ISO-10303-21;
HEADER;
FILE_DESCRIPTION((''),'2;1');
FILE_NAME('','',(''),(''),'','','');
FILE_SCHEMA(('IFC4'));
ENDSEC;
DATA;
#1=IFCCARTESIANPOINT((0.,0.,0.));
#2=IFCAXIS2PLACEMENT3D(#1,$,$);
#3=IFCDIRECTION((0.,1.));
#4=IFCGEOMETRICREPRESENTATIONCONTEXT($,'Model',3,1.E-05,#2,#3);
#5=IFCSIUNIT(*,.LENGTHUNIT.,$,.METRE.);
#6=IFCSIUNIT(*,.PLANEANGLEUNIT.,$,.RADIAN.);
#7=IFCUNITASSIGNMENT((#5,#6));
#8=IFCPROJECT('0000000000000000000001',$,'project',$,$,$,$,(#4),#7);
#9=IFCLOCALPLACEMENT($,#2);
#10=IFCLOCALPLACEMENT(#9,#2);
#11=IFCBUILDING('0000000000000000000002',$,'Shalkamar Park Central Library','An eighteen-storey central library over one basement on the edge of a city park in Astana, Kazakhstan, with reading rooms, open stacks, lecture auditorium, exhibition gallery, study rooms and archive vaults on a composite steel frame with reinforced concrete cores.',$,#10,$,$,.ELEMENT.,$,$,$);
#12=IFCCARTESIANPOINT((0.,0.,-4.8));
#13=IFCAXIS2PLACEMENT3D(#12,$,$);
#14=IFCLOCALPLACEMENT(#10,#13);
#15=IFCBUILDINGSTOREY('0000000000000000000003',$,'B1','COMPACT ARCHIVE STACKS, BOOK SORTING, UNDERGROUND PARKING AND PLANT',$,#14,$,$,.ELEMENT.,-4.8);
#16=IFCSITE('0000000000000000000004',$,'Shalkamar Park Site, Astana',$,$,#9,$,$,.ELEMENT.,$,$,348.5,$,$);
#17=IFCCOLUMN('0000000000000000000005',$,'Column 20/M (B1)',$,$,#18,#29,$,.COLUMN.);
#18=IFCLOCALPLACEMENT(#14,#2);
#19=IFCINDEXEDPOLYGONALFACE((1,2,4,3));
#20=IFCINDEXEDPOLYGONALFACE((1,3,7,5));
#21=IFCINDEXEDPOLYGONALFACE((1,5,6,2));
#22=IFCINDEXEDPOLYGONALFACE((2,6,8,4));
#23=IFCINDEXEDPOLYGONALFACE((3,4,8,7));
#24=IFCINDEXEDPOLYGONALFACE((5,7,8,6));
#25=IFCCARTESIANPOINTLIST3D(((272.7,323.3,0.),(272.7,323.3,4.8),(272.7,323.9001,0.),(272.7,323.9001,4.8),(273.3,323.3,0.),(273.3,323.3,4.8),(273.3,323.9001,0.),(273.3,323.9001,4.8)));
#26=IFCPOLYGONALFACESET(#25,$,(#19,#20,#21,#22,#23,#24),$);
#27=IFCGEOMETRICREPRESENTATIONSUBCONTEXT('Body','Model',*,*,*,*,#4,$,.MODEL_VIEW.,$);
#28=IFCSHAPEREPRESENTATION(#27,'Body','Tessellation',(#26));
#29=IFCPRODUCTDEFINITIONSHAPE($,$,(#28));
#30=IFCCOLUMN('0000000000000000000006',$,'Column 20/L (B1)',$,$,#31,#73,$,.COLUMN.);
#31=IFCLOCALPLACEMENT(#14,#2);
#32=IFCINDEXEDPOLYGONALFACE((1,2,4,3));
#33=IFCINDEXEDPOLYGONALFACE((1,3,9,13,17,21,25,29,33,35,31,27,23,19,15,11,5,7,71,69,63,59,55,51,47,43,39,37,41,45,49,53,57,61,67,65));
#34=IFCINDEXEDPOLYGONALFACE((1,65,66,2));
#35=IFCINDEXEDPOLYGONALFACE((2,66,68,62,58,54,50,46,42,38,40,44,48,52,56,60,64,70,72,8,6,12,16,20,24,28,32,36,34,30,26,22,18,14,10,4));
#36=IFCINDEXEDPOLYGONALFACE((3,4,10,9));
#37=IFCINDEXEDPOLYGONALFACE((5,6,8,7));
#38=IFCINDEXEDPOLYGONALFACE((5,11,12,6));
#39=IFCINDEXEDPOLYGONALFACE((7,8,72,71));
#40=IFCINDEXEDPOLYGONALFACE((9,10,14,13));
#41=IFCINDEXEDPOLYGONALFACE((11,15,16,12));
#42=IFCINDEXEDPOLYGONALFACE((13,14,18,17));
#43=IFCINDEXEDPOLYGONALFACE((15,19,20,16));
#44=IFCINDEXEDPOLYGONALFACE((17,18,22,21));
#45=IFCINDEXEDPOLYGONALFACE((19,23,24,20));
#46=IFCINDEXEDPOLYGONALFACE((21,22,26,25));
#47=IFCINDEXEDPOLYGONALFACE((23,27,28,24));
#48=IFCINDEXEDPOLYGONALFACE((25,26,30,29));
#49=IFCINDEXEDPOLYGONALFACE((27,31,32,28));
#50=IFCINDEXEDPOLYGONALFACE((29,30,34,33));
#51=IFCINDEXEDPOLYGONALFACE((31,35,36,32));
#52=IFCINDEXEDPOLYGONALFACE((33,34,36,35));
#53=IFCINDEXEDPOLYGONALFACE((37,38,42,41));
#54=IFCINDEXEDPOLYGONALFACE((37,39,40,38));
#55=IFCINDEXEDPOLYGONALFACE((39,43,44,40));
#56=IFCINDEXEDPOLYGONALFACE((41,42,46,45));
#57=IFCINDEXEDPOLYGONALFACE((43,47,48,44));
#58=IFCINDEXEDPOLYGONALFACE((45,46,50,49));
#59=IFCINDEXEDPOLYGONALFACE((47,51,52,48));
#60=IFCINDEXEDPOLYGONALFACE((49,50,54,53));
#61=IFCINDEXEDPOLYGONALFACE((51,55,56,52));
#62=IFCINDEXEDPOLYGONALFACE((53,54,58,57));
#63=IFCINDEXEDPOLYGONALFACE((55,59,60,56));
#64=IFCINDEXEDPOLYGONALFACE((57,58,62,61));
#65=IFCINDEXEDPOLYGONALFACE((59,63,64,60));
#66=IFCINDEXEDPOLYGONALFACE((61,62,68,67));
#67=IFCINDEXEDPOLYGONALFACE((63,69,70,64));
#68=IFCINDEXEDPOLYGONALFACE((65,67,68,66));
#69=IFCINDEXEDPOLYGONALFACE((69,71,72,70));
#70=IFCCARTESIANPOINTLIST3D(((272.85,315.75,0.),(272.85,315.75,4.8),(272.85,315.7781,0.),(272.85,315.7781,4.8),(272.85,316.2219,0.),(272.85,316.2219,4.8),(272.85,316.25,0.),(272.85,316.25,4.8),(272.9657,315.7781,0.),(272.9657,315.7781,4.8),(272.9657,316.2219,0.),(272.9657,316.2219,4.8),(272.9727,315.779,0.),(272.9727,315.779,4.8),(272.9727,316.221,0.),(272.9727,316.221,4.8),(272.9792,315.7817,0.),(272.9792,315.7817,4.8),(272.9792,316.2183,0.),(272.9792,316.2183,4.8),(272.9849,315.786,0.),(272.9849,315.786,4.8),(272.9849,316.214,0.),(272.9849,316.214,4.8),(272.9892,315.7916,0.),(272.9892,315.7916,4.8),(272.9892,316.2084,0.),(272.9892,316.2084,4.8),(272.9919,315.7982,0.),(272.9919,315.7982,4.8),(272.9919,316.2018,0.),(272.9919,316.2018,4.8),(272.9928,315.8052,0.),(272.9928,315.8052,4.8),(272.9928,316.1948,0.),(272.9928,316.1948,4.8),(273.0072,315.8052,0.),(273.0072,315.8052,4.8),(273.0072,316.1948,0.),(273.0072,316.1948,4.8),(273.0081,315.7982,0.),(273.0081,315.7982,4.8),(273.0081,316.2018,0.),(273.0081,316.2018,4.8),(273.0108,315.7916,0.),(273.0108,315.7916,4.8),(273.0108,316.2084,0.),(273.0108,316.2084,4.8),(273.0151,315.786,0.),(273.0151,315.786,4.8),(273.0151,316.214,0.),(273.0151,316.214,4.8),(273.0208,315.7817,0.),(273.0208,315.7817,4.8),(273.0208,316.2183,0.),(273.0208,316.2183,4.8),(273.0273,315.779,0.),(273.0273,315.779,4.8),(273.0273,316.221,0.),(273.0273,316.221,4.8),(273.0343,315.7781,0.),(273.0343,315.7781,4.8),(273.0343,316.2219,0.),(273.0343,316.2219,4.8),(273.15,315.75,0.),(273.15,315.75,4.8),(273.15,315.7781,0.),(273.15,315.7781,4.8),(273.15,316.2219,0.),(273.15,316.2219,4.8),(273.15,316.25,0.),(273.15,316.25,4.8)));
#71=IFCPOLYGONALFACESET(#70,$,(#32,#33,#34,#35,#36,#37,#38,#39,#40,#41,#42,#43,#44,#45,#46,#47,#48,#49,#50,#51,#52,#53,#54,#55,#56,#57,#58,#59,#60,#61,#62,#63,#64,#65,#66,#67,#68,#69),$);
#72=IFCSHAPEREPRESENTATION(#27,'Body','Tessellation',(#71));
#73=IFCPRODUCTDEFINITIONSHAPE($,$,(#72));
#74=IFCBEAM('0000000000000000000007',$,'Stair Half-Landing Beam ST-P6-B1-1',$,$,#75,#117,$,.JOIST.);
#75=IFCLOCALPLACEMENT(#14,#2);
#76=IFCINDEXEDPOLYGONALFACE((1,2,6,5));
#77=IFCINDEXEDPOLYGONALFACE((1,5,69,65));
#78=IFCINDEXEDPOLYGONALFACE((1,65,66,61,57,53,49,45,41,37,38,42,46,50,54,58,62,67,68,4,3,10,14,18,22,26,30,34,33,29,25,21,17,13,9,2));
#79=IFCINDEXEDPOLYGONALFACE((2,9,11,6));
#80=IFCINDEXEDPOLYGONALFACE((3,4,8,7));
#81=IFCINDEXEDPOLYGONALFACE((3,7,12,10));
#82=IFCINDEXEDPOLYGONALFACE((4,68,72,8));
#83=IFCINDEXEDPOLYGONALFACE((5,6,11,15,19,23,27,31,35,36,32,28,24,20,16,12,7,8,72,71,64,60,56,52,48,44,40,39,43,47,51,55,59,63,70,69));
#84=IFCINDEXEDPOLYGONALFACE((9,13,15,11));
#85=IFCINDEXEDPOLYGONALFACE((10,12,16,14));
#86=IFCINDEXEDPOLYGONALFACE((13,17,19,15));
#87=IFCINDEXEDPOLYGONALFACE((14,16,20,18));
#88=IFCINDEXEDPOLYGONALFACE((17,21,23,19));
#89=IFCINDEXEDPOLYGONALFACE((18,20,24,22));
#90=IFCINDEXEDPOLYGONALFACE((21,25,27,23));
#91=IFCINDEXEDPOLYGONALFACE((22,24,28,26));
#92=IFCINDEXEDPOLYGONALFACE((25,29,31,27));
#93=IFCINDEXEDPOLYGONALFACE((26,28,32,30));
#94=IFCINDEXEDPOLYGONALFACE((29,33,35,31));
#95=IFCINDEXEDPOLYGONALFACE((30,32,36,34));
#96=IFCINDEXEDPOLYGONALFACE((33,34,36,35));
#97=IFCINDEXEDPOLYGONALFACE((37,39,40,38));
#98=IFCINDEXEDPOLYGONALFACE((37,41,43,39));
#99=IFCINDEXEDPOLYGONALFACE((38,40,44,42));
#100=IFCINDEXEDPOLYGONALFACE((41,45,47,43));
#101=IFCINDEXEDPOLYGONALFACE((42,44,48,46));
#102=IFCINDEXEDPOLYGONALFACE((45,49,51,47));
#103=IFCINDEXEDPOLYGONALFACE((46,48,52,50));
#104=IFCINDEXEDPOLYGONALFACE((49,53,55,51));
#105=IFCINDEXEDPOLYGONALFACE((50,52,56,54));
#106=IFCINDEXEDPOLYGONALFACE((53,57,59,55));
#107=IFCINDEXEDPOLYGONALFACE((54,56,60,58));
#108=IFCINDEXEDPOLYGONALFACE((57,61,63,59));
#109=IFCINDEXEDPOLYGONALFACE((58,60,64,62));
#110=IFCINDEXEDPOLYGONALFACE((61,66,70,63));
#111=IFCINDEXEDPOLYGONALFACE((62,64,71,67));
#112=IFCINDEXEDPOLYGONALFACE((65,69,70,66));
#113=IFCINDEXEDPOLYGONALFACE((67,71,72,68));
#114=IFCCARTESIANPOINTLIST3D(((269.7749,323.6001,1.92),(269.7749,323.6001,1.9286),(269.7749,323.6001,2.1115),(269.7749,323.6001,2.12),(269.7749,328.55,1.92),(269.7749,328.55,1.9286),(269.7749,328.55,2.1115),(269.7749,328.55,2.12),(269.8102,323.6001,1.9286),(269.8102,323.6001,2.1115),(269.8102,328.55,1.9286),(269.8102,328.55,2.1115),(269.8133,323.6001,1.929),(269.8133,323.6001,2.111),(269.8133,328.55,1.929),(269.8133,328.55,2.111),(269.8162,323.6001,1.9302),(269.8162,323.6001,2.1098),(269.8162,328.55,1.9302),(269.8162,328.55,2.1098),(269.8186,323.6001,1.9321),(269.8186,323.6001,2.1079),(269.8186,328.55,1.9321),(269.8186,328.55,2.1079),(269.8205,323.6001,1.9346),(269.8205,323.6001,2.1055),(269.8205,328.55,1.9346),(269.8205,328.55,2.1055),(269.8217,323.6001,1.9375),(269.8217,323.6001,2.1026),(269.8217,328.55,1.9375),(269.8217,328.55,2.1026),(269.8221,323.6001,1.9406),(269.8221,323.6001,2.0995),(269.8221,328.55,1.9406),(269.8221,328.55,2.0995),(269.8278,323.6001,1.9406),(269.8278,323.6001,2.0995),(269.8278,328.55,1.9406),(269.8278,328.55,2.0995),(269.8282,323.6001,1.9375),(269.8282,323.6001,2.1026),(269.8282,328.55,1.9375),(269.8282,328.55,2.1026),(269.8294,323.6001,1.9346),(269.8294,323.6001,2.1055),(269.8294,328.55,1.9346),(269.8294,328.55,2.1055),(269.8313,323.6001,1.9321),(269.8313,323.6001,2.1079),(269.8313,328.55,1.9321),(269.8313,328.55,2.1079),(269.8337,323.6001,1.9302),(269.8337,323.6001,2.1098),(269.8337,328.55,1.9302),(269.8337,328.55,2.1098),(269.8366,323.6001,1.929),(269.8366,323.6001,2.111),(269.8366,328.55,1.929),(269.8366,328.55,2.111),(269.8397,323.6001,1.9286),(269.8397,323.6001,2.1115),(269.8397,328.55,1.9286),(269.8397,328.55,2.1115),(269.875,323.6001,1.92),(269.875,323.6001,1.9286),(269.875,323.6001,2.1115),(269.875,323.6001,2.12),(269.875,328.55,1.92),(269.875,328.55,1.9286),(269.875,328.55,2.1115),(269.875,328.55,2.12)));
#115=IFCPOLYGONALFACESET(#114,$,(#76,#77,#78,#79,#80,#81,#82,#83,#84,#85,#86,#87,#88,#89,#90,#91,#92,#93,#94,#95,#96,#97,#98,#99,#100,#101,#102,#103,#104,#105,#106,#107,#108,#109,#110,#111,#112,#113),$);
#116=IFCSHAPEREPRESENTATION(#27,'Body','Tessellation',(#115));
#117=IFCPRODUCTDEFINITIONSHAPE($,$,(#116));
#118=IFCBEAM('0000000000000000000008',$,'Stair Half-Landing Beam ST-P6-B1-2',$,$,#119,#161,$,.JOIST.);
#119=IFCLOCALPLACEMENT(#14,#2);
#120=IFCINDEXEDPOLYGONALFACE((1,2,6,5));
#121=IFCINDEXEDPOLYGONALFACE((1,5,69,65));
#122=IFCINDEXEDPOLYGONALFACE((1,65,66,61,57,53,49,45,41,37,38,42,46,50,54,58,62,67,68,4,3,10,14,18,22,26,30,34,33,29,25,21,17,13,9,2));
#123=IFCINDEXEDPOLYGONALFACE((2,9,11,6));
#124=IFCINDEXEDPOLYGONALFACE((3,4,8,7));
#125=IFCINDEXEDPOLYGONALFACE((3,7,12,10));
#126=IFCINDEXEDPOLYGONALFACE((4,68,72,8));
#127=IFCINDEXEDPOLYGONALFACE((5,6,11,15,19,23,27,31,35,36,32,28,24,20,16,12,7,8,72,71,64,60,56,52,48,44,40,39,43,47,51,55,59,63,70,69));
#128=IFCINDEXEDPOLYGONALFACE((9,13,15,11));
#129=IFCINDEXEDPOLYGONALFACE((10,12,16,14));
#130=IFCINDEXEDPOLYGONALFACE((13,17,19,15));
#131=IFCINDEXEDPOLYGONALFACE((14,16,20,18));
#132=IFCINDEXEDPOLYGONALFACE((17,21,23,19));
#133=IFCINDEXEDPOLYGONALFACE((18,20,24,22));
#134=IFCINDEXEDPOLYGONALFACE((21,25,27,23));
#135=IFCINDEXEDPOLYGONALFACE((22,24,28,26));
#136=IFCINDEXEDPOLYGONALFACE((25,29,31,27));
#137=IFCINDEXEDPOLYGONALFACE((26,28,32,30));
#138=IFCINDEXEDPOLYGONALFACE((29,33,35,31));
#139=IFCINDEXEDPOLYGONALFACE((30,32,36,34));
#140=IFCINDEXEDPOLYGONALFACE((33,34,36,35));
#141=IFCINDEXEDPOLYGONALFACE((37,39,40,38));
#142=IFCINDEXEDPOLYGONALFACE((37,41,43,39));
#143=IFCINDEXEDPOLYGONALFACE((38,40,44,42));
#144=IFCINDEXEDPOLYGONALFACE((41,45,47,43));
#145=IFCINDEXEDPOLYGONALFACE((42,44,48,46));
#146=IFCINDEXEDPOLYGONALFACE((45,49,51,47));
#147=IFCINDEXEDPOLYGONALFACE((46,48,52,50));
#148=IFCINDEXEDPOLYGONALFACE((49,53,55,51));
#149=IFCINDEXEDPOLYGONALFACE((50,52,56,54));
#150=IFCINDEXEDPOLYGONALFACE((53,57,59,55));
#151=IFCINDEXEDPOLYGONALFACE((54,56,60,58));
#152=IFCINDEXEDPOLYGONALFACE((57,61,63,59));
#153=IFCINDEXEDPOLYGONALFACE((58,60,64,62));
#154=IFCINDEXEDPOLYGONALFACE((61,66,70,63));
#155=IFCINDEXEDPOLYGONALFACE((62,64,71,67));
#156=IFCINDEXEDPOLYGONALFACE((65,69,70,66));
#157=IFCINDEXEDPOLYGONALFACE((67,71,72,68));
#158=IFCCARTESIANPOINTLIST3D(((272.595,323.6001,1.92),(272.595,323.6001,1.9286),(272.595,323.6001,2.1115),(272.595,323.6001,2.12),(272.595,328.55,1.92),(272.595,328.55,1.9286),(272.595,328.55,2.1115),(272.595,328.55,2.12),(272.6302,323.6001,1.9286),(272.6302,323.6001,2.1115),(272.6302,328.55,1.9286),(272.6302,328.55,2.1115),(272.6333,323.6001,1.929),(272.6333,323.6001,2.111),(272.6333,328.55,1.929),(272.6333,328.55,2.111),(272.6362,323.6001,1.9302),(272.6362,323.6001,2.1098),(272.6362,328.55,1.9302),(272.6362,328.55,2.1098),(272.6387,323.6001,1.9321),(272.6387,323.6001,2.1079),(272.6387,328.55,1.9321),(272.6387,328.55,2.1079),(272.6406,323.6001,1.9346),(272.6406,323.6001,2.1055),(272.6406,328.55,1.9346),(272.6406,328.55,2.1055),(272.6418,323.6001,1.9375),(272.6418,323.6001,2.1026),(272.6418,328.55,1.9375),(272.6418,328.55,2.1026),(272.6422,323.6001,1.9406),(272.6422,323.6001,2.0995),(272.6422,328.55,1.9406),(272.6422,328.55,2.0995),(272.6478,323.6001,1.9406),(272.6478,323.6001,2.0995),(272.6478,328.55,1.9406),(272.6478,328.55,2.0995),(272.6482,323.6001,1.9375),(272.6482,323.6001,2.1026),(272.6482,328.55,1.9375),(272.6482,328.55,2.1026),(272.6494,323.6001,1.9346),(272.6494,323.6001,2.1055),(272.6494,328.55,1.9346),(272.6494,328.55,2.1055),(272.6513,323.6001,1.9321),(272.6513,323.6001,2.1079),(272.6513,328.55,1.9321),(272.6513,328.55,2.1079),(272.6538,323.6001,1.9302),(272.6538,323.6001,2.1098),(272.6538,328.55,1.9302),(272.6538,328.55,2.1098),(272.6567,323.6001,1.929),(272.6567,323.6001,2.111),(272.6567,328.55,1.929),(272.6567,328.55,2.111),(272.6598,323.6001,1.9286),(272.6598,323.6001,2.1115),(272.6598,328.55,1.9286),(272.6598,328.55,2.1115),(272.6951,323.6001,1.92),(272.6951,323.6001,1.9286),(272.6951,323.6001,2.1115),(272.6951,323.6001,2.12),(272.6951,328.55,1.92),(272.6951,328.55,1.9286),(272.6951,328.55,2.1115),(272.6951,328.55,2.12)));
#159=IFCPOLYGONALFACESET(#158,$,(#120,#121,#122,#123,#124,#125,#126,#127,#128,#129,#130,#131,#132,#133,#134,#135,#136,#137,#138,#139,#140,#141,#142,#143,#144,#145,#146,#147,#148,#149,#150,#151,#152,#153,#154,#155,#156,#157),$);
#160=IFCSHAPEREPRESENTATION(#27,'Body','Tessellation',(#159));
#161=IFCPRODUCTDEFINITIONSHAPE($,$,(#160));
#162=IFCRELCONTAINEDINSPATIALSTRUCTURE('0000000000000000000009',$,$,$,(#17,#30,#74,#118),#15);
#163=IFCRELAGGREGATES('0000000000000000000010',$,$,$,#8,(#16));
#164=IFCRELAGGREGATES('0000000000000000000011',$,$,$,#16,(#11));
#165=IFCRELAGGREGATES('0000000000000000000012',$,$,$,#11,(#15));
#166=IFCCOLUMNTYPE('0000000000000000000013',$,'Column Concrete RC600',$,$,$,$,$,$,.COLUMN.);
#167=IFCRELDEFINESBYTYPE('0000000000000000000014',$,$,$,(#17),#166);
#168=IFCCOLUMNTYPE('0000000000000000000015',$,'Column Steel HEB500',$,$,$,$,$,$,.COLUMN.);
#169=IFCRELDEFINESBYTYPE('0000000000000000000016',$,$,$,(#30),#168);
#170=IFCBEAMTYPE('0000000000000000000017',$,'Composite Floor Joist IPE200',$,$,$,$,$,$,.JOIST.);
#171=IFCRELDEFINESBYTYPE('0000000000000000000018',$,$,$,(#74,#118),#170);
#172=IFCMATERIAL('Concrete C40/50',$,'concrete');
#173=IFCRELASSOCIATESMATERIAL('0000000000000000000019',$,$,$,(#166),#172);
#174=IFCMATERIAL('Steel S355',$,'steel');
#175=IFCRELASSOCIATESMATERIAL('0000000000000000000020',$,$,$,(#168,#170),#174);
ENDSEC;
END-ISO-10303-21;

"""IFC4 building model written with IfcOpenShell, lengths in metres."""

from ifc_helpers import new_model, si_unit, direction, frame, origin, origin_2d, place, context, subcontext, project, spatial, rectangle, i_section, extrude, material, material_profile, profile_set, type_object, element, save


model = new_model("IFC4")

# Units and contexts
model_context = context("Model", 3, precision=1e-05, world=origin(), true_north=direction((0.0, 1.0)))
body_context = subcontext(model_context, "Body", "Model", "MODEL_VIEW")
ifc_project = project(units=[si_unit("LENGTHUNIT", "METRE"), si_unit("PLANEANGLEUNIT", "RADIAN")], contexts=[model_context])

# Site, building, storey
site_placement = place(None, origin())
site = spatial("IfcSite", under=ifc_project, at=site_placement, Name="Shalkamar Park Site, Astana", CompositionType="ELEMENT", RefElevation=348.5)
building_placement = place(site_placement, origin())
building = spatial("IfcBuilding", under=site, at=building_placement, Name="Shalkamar Park Central Library", Description="An eighteen-storey central library over one basement on the edge of a city park in Astana, Kazakhstan, with reading rooms, open stacks, lecture auditorium, exhibition gallery, study rooms and archive vaults on a composite steel frame with reinforced concrete cores.", CompositionType="ELEMENT")
storey_placement = place(building_placement, frame((0.0, 0.0, -4.8)))
storey = spatial("IfcBuildingStorey", under=building, at=storey_placement, Name="B1", Description="COMPACT ARCHIVE STACKS, BOOK SORTING, UNDERGROUND PARKING AND PLANT", CompositionType="ELEMENT", Elevation=-4.8)

# Columns
ifc_material_1 = material(Name="Concrete C40/50", Category="concrete")
ifc_material_profile_1 = material_profile(ifc_material_1, rectangle(XDim=0.6001, YDim=0.6001, at=origin_2d()), Name="RC 600x600")
ifc_profile_set_1 = profile_set([ifc_material_profile_1], Name="Concrete C40/50")
column_type_1 = type_object("IfcColumnType", Name="Column Concrete RC600", PredefinedType="COLUMN", material=ifc_profile_set_1)
column_1_placement = place(storey_placement, frame((273.0, 323.6001, 0.0), z_axis=(0.0, 0.0, 1.0), x_axis=(1.0, 0.0, 0.0)))
element("IfcColumn", 1, at=column_1_placement, inside=storey, type_object=column_type_1, Name="Column 20/M (B1)", PredefinedType="COLUMN", context=body_context, shape_type="SweptSolid", body=[
    extrude(rectangle(XDim=0.6001, YDim=0.6001, at=origin_2d()), origin(), (0.0, 0.0, 1.0), 4.8),
])
ifc_material_2 = material(Name="Steel S355", Category="steel")
ifc_material_profile_2 = material_profile(ifc_material_2, i_section(OverallWidth=0.3, OverallDepth=0.5, WebThickness=0.0144, FlangeThickness=0.0281, FilletRadius=0.0271, at=origin_2d()), Name="HEB 500")
ifc_profile_set_2 = profile_set([ifc_material_profile_2], Name="Steel S355")
column_type_2 = type_object("IfcColumnType", Name="Column Steel HEB500", PredefinedType="COLUMN", material=ifc_profile_set_2)
column_2_placement = place(storey_placement, frame((273.0, 316.0, 0.0), z_axis=(0.0, 0.0, 1.0), x_axis=(1.0, 0.0, 0.0)))
element("IfcColumn", 2, at=column_2_placement, inside=storey, type_object=column_type_2, Name="Column 20/L (B1)", PredefinedType="COLUMN", context=body_context, shape_type="SweptSolid", body=[
    extrude(i_section(OverallWidth=0.3, OverallDepth=0.5, WebThickness=0.0144, FlangeThickness=0.0281, FilletRadius=0.0271, at=origin_2d()), origin(), (0.0, 0.0, 1.0), 4.8),
])

# Beams
ifc_material_profile_3 = material_profile(ifc_material_2, i_section(OverallWidth=0.1001, OverallDepth=0.2, WebThickness=0.0056, FlangeThickness=0.0085, FilletRadius=0.012, at=origin_2d()), Name="IPE 200")
ifc_profile_set_3 = profile_set([ifc_material_profile_3], Name="Steel S355")
beam_type_1 = type_object("IfcBeamType", Name="Composite Floor Joist IPE200", PredefinedType="JOIST", material=ifc_profile_set_3)
for number, where, z_axis, x_axis, name in (
    (3, (269.825, 323.6001, 2.02), (0.0, 1.0, 0.0), (-1.0, 0.0, 0.0), "Stair Half-Landing Beam ST-P6-B1-1"),
    (4, (272.645, 323.6001, 2.02), (0.0, 1.0, 0.0), (-1.0, 0.0, 0.0), "Stair Half-Landing Beam ST-P6-B1-2"),
):
    element("IfcBeam", number, at=place(storey_placement, frame(where, z_axis=z_axis, x_axis=x_axis)), inside=storey, type_object=beam_type_1, Name=name, PredefinedType="JOIST", context=body_context, shape_type="SweptSolid", body=[
        extrude(i_section(OverallWidth=0.1001, OverallDepth=0.2, WebThickness=0.0056, FlangeThickness=0.0085, FilletRadius=0.012, at=origin_2d()), origin(), (0.0, 0.0, 1.0), 4.95),
    ])

save(model, "model.ifc")
